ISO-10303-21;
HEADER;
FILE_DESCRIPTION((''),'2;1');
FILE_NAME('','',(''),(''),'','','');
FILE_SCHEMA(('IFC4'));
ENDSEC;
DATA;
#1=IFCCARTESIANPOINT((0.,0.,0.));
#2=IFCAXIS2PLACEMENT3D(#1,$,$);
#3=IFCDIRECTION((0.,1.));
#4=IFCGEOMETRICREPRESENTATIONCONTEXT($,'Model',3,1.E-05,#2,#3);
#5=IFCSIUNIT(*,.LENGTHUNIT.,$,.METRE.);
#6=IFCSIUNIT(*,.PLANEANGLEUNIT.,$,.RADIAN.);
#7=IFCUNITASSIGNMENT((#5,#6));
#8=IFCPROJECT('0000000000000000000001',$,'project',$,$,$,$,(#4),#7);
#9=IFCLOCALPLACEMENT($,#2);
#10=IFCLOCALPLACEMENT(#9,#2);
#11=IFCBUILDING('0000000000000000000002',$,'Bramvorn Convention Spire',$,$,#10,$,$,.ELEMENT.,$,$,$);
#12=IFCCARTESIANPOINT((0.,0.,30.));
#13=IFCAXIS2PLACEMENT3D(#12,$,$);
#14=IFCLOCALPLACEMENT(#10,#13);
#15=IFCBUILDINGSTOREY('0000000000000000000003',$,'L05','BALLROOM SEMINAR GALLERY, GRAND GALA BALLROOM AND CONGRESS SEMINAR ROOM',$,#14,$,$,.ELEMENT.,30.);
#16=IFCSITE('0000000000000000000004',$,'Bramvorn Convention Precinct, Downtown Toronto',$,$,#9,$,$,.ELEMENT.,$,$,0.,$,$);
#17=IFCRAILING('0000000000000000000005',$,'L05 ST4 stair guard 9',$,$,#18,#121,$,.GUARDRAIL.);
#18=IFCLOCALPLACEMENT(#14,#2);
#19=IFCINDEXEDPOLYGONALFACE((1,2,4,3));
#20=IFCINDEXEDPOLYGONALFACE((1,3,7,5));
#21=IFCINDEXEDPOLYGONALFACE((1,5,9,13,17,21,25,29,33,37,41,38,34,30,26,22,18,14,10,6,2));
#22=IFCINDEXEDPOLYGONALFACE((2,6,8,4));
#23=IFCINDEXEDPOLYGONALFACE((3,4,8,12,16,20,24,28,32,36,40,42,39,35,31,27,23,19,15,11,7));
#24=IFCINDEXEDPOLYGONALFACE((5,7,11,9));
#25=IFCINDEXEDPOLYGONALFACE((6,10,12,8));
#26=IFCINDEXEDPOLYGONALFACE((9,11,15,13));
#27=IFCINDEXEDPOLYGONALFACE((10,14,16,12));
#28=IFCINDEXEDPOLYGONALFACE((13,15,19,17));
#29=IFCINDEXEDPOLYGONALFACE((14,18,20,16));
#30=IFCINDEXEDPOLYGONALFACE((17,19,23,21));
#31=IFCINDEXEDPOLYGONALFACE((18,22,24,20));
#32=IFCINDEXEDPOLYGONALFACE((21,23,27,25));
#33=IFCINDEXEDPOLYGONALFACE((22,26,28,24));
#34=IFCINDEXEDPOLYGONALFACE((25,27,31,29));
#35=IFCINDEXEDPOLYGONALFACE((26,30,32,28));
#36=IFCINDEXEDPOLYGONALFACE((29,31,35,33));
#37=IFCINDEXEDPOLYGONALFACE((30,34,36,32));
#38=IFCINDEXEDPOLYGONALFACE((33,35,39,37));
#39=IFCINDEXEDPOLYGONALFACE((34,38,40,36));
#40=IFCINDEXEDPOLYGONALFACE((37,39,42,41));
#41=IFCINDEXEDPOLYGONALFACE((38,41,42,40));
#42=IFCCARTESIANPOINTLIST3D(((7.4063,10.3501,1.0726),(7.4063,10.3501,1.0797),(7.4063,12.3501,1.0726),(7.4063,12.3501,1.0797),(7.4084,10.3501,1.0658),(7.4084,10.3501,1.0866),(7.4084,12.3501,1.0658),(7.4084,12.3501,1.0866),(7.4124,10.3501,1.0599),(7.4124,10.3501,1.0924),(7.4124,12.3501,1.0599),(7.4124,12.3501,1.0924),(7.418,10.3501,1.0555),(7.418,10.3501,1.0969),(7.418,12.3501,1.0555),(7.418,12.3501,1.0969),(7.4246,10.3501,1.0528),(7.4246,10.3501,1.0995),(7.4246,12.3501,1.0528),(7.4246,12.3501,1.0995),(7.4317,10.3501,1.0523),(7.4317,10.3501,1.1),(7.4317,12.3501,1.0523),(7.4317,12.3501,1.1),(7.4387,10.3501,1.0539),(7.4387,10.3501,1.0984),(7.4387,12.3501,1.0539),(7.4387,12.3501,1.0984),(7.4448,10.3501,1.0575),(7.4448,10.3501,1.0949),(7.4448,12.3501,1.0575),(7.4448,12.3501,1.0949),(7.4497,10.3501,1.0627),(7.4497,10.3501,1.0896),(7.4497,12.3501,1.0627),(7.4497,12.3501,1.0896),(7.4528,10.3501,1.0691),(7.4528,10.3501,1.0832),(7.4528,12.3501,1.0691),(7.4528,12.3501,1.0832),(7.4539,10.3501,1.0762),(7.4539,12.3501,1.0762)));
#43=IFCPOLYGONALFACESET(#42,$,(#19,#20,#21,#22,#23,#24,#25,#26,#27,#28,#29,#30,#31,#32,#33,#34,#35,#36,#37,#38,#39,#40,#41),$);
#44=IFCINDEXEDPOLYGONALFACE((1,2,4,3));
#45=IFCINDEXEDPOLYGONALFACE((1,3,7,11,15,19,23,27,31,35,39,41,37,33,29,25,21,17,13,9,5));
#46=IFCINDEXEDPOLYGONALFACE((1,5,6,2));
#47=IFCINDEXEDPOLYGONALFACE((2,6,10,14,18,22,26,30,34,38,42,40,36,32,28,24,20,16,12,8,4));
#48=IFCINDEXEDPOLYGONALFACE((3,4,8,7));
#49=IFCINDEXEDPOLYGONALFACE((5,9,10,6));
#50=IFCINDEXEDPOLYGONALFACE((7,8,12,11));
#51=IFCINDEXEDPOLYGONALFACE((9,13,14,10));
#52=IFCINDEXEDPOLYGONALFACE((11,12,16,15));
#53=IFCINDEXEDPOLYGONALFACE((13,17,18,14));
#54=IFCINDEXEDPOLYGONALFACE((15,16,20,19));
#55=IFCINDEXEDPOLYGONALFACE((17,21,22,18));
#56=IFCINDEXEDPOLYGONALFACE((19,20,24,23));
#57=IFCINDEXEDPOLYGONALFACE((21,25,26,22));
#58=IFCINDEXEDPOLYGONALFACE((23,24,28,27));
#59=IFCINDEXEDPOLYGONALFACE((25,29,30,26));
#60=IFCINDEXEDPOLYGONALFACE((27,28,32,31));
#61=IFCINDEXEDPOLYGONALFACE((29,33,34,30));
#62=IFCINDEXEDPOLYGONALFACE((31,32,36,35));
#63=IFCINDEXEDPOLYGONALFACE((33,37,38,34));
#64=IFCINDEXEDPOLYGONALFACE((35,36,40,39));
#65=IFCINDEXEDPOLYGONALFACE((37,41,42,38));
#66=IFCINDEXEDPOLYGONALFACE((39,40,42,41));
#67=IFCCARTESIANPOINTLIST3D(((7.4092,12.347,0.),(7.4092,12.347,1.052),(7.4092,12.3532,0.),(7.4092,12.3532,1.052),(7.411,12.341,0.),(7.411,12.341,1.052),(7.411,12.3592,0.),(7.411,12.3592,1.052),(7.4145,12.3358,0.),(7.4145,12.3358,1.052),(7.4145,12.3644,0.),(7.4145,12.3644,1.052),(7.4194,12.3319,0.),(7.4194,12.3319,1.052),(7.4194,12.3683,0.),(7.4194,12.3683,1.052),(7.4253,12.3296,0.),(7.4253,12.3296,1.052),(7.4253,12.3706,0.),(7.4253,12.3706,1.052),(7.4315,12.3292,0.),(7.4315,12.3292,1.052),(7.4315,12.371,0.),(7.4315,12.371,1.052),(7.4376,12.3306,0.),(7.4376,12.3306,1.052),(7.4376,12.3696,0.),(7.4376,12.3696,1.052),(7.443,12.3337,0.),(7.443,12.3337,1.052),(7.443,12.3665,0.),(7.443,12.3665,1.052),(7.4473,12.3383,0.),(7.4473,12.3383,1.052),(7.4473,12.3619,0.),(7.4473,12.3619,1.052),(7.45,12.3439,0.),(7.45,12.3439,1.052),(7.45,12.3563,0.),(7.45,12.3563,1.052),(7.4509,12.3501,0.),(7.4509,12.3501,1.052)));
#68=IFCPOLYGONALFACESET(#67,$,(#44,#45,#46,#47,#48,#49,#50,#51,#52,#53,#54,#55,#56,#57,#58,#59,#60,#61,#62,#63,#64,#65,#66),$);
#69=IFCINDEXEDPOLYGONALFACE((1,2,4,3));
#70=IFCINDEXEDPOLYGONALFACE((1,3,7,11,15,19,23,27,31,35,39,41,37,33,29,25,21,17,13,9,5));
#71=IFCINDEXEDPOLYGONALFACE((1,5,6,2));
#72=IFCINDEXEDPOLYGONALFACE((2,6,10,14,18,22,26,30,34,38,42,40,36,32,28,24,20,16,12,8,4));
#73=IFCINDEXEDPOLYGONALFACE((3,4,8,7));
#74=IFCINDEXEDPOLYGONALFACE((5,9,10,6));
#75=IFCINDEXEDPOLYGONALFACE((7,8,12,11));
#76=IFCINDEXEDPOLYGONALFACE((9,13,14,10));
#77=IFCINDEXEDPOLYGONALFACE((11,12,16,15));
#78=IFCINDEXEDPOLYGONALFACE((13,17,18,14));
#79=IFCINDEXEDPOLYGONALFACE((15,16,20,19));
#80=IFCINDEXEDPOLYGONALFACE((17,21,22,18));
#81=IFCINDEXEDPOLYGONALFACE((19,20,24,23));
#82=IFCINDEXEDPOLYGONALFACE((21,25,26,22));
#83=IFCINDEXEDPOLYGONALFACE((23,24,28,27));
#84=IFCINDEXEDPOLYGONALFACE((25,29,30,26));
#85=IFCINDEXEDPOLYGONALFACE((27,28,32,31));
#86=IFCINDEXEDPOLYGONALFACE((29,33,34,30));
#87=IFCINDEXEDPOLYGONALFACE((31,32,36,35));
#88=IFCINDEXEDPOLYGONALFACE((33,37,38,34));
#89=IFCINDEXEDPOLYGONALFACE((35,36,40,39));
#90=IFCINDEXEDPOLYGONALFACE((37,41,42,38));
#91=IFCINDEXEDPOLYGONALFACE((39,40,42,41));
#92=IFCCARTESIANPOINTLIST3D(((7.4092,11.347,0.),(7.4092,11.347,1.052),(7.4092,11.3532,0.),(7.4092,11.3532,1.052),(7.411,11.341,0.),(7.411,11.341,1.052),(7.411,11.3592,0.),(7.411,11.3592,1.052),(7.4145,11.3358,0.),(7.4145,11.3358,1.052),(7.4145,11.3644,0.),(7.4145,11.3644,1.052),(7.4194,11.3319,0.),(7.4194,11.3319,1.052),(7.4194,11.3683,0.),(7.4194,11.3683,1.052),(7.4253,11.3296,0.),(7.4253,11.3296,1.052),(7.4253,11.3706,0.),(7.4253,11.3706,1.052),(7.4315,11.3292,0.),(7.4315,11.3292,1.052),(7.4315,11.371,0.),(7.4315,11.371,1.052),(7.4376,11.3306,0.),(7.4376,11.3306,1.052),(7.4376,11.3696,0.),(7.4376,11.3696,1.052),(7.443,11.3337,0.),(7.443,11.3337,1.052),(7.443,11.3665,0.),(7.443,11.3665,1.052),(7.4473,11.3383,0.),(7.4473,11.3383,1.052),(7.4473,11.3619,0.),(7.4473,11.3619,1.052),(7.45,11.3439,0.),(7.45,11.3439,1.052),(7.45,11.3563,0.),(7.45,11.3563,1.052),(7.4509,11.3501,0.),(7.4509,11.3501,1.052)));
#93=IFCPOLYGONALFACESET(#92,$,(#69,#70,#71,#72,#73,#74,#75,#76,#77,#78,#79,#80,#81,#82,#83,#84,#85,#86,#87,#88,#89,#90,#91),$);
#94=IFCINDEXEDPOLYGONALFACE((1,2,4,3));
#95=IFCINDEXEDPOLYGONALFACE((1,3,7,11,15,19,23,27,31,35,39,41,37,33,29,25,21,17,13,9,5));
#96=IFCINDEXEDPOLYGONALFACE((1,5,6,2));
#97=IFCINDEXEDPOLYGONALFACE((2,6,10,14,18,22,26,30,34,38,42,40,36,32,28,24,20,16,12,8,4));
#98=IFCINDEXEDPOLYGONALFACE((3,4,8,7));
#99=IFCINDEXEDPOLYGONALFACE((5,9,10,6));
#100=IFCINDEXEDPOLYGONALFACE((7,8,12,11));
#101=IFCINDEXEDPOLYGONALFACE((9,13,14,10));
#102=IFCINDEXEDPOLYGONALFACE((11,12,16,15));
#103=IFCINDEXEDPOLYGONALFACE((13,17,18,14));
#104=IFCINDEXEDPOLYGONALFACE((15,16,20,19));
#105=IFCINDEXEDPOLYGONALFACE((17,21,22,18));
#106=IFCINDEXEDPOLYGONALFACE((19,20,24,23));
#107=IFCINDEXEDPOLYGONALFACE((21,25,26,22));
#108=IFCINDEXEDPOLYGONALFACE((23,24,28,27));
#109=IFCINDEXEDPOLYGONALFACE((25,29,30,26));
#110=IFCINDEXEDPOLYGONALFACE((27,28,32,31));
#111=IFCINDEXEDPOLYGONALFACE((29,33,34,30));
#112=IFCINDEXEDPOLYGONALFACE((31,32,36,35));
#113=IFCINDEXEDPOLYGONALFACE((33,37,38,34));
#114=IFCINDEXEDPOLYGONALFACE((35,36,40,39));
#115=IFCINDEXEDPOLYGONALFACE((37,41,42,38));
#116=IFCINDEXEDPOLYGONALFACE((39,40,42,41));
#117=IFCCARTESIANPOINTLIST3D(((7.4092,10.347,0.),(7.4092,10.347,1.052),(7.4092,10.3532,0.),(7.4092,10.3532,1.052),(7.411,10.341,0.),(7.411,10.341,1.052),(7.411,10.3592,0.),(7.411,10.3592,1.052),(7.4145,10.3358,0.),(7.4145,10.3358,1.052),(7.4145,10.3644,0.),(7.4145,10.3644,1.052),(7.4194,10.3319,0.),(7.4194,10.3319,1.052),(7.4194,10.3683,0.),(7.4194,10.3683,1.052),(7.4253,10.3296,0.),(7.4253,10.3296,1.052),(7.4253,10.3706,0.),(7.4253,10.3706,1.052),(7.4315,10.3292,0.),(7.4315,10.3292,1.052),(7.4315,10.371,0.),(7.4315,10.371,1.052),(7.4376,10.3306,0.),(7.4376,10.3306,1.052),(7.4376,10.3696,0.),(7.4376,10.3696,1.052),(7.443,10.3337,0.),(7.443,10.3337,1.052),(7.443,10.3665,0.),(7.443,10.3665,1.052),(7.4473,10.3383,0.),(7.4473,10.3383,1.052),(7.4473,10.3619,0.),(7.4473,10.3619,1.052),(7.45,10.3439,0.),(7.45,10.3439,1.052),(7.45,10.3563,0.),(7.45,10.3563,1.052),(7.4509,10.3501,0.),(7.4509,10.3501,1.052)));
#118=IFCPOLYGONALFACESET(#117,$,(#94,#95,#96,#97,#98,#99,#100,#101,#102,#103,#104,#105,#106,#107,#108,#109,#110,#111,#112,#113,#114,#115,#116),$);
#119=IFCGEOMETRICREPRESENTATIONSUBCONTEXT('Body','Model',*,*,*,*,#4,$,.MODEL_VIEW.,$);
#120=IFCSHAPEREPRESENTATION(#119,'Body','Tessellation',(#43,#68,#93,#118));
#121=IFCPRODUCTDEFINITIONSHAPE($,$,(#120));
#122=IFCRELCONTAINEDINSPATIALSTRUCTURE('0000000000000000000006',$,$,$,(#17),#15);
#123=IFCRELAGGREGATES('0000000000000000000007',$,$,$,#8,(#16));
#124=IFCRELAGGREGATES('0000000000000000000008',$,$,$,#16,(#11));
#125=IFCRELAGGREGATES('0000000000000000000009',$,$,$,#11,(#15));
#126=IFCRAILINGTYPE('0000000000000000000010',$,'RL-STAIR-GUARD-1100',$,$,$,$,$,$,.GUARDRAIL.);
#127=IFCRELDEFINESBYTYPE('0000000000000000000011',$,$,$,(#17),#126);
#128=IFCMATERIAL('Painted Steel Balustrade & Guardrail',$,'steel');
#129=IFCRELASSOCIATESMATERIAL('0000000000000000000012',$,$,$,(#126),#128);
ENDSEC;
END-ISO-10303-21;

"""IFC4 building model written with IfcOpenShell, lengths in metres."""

from ifc_helpers import new_model, si_unit, direction, frame, origin, origin_2d, place, context, subcontext, project, spatial, circle, extrude, material, type_object, element, save


model = new_model("IFC4")

# Units and contexts
model_context = context("Model", 3, precision=1e-05, world=origin(), true_north=direction((0.0, 1.0)))
body_context = subcontext(model_context, "Body", "Model", "MODEL_VIEW")
ifc_project = project(units=[si_unit("LENGTHUNIT", "METRE"), si_unit("PLANEANGLEUNIT", "RADIAN")], contexts=[model_context])

# Site, building, storey
site_placement = place(None, origin())
site = spatial("IfcSite", under=ifc_project, at=site_placement, Name="Bramvorn Convention Precinct, Downtown Toronto", CompositionType="ELEMENT", RefElevation=0.0)
building_placement = place(site_placement, origin())
building = spatial("IfcBuilding", under=site, at=building_placement, Name="Bramvorn Convention Spire", CompositionType="ELEMENT")
storey_placement = place(building_placement, frame((0.0, 0.0, 30.0)))
storey = spatial("IfcBuildingStorey", under=building, at=storey_placement, Name="L05", Description="BALLROOM SEMINAR GALLERY, GRAND GALA BALLROOM AND CONGRESS SEMINAR ROOM", CompositionType="ELEMENT", Elevation=30.0)

# Railing
ifc_material_1 = material(Name="Painted Steel Balustrade & Guardrail", Category="steel")
railing_type_1 = type_object("IfcRailingType", Name="RL-STAIR-GUARD-1100", PredefinedType="GUARDRAIL", material=ifc_material_1)
for number, where, name in (
    (1, (7.4299, 12.3501, 0.0), "L05 ST4 stair guard 9"),
):
    element("IfcRailing", number, at=place(storey_placement, frame(where)), inside=storey, type_object=railing_type_1, Name=name, PredefinedType="GUARDRAIL", context=body_context, shape_type="SweptSolid", body=[
        extrude(circle(Radius=0.0239, at=origin_2d()), frame((0.0, 0.0, 1.0762), z_axis=(0.0, -1.0, 0.0), x_axis=(1.0, 0.0, 0.0)), (0.0, 0.0, 1.0), 2.0),
        extrude(circle(Radius=0.021, at=origin_2d()), origin(), (0.0, 0.0, 1.0), 1.052),
        extrude(circle(Radius=0.021, at=origin_2d()), frame((0.0, -1.0, 0.0)), (0.0, 0.0, 1.0), 1.052),
        extrude(circle(Radius=0.021, at=origin_2d()), frame((0.0, -2.0, 0.0)), (0.0, 0.0, 1.0), 1.052),
    ])

save(model, "model.ifc")
